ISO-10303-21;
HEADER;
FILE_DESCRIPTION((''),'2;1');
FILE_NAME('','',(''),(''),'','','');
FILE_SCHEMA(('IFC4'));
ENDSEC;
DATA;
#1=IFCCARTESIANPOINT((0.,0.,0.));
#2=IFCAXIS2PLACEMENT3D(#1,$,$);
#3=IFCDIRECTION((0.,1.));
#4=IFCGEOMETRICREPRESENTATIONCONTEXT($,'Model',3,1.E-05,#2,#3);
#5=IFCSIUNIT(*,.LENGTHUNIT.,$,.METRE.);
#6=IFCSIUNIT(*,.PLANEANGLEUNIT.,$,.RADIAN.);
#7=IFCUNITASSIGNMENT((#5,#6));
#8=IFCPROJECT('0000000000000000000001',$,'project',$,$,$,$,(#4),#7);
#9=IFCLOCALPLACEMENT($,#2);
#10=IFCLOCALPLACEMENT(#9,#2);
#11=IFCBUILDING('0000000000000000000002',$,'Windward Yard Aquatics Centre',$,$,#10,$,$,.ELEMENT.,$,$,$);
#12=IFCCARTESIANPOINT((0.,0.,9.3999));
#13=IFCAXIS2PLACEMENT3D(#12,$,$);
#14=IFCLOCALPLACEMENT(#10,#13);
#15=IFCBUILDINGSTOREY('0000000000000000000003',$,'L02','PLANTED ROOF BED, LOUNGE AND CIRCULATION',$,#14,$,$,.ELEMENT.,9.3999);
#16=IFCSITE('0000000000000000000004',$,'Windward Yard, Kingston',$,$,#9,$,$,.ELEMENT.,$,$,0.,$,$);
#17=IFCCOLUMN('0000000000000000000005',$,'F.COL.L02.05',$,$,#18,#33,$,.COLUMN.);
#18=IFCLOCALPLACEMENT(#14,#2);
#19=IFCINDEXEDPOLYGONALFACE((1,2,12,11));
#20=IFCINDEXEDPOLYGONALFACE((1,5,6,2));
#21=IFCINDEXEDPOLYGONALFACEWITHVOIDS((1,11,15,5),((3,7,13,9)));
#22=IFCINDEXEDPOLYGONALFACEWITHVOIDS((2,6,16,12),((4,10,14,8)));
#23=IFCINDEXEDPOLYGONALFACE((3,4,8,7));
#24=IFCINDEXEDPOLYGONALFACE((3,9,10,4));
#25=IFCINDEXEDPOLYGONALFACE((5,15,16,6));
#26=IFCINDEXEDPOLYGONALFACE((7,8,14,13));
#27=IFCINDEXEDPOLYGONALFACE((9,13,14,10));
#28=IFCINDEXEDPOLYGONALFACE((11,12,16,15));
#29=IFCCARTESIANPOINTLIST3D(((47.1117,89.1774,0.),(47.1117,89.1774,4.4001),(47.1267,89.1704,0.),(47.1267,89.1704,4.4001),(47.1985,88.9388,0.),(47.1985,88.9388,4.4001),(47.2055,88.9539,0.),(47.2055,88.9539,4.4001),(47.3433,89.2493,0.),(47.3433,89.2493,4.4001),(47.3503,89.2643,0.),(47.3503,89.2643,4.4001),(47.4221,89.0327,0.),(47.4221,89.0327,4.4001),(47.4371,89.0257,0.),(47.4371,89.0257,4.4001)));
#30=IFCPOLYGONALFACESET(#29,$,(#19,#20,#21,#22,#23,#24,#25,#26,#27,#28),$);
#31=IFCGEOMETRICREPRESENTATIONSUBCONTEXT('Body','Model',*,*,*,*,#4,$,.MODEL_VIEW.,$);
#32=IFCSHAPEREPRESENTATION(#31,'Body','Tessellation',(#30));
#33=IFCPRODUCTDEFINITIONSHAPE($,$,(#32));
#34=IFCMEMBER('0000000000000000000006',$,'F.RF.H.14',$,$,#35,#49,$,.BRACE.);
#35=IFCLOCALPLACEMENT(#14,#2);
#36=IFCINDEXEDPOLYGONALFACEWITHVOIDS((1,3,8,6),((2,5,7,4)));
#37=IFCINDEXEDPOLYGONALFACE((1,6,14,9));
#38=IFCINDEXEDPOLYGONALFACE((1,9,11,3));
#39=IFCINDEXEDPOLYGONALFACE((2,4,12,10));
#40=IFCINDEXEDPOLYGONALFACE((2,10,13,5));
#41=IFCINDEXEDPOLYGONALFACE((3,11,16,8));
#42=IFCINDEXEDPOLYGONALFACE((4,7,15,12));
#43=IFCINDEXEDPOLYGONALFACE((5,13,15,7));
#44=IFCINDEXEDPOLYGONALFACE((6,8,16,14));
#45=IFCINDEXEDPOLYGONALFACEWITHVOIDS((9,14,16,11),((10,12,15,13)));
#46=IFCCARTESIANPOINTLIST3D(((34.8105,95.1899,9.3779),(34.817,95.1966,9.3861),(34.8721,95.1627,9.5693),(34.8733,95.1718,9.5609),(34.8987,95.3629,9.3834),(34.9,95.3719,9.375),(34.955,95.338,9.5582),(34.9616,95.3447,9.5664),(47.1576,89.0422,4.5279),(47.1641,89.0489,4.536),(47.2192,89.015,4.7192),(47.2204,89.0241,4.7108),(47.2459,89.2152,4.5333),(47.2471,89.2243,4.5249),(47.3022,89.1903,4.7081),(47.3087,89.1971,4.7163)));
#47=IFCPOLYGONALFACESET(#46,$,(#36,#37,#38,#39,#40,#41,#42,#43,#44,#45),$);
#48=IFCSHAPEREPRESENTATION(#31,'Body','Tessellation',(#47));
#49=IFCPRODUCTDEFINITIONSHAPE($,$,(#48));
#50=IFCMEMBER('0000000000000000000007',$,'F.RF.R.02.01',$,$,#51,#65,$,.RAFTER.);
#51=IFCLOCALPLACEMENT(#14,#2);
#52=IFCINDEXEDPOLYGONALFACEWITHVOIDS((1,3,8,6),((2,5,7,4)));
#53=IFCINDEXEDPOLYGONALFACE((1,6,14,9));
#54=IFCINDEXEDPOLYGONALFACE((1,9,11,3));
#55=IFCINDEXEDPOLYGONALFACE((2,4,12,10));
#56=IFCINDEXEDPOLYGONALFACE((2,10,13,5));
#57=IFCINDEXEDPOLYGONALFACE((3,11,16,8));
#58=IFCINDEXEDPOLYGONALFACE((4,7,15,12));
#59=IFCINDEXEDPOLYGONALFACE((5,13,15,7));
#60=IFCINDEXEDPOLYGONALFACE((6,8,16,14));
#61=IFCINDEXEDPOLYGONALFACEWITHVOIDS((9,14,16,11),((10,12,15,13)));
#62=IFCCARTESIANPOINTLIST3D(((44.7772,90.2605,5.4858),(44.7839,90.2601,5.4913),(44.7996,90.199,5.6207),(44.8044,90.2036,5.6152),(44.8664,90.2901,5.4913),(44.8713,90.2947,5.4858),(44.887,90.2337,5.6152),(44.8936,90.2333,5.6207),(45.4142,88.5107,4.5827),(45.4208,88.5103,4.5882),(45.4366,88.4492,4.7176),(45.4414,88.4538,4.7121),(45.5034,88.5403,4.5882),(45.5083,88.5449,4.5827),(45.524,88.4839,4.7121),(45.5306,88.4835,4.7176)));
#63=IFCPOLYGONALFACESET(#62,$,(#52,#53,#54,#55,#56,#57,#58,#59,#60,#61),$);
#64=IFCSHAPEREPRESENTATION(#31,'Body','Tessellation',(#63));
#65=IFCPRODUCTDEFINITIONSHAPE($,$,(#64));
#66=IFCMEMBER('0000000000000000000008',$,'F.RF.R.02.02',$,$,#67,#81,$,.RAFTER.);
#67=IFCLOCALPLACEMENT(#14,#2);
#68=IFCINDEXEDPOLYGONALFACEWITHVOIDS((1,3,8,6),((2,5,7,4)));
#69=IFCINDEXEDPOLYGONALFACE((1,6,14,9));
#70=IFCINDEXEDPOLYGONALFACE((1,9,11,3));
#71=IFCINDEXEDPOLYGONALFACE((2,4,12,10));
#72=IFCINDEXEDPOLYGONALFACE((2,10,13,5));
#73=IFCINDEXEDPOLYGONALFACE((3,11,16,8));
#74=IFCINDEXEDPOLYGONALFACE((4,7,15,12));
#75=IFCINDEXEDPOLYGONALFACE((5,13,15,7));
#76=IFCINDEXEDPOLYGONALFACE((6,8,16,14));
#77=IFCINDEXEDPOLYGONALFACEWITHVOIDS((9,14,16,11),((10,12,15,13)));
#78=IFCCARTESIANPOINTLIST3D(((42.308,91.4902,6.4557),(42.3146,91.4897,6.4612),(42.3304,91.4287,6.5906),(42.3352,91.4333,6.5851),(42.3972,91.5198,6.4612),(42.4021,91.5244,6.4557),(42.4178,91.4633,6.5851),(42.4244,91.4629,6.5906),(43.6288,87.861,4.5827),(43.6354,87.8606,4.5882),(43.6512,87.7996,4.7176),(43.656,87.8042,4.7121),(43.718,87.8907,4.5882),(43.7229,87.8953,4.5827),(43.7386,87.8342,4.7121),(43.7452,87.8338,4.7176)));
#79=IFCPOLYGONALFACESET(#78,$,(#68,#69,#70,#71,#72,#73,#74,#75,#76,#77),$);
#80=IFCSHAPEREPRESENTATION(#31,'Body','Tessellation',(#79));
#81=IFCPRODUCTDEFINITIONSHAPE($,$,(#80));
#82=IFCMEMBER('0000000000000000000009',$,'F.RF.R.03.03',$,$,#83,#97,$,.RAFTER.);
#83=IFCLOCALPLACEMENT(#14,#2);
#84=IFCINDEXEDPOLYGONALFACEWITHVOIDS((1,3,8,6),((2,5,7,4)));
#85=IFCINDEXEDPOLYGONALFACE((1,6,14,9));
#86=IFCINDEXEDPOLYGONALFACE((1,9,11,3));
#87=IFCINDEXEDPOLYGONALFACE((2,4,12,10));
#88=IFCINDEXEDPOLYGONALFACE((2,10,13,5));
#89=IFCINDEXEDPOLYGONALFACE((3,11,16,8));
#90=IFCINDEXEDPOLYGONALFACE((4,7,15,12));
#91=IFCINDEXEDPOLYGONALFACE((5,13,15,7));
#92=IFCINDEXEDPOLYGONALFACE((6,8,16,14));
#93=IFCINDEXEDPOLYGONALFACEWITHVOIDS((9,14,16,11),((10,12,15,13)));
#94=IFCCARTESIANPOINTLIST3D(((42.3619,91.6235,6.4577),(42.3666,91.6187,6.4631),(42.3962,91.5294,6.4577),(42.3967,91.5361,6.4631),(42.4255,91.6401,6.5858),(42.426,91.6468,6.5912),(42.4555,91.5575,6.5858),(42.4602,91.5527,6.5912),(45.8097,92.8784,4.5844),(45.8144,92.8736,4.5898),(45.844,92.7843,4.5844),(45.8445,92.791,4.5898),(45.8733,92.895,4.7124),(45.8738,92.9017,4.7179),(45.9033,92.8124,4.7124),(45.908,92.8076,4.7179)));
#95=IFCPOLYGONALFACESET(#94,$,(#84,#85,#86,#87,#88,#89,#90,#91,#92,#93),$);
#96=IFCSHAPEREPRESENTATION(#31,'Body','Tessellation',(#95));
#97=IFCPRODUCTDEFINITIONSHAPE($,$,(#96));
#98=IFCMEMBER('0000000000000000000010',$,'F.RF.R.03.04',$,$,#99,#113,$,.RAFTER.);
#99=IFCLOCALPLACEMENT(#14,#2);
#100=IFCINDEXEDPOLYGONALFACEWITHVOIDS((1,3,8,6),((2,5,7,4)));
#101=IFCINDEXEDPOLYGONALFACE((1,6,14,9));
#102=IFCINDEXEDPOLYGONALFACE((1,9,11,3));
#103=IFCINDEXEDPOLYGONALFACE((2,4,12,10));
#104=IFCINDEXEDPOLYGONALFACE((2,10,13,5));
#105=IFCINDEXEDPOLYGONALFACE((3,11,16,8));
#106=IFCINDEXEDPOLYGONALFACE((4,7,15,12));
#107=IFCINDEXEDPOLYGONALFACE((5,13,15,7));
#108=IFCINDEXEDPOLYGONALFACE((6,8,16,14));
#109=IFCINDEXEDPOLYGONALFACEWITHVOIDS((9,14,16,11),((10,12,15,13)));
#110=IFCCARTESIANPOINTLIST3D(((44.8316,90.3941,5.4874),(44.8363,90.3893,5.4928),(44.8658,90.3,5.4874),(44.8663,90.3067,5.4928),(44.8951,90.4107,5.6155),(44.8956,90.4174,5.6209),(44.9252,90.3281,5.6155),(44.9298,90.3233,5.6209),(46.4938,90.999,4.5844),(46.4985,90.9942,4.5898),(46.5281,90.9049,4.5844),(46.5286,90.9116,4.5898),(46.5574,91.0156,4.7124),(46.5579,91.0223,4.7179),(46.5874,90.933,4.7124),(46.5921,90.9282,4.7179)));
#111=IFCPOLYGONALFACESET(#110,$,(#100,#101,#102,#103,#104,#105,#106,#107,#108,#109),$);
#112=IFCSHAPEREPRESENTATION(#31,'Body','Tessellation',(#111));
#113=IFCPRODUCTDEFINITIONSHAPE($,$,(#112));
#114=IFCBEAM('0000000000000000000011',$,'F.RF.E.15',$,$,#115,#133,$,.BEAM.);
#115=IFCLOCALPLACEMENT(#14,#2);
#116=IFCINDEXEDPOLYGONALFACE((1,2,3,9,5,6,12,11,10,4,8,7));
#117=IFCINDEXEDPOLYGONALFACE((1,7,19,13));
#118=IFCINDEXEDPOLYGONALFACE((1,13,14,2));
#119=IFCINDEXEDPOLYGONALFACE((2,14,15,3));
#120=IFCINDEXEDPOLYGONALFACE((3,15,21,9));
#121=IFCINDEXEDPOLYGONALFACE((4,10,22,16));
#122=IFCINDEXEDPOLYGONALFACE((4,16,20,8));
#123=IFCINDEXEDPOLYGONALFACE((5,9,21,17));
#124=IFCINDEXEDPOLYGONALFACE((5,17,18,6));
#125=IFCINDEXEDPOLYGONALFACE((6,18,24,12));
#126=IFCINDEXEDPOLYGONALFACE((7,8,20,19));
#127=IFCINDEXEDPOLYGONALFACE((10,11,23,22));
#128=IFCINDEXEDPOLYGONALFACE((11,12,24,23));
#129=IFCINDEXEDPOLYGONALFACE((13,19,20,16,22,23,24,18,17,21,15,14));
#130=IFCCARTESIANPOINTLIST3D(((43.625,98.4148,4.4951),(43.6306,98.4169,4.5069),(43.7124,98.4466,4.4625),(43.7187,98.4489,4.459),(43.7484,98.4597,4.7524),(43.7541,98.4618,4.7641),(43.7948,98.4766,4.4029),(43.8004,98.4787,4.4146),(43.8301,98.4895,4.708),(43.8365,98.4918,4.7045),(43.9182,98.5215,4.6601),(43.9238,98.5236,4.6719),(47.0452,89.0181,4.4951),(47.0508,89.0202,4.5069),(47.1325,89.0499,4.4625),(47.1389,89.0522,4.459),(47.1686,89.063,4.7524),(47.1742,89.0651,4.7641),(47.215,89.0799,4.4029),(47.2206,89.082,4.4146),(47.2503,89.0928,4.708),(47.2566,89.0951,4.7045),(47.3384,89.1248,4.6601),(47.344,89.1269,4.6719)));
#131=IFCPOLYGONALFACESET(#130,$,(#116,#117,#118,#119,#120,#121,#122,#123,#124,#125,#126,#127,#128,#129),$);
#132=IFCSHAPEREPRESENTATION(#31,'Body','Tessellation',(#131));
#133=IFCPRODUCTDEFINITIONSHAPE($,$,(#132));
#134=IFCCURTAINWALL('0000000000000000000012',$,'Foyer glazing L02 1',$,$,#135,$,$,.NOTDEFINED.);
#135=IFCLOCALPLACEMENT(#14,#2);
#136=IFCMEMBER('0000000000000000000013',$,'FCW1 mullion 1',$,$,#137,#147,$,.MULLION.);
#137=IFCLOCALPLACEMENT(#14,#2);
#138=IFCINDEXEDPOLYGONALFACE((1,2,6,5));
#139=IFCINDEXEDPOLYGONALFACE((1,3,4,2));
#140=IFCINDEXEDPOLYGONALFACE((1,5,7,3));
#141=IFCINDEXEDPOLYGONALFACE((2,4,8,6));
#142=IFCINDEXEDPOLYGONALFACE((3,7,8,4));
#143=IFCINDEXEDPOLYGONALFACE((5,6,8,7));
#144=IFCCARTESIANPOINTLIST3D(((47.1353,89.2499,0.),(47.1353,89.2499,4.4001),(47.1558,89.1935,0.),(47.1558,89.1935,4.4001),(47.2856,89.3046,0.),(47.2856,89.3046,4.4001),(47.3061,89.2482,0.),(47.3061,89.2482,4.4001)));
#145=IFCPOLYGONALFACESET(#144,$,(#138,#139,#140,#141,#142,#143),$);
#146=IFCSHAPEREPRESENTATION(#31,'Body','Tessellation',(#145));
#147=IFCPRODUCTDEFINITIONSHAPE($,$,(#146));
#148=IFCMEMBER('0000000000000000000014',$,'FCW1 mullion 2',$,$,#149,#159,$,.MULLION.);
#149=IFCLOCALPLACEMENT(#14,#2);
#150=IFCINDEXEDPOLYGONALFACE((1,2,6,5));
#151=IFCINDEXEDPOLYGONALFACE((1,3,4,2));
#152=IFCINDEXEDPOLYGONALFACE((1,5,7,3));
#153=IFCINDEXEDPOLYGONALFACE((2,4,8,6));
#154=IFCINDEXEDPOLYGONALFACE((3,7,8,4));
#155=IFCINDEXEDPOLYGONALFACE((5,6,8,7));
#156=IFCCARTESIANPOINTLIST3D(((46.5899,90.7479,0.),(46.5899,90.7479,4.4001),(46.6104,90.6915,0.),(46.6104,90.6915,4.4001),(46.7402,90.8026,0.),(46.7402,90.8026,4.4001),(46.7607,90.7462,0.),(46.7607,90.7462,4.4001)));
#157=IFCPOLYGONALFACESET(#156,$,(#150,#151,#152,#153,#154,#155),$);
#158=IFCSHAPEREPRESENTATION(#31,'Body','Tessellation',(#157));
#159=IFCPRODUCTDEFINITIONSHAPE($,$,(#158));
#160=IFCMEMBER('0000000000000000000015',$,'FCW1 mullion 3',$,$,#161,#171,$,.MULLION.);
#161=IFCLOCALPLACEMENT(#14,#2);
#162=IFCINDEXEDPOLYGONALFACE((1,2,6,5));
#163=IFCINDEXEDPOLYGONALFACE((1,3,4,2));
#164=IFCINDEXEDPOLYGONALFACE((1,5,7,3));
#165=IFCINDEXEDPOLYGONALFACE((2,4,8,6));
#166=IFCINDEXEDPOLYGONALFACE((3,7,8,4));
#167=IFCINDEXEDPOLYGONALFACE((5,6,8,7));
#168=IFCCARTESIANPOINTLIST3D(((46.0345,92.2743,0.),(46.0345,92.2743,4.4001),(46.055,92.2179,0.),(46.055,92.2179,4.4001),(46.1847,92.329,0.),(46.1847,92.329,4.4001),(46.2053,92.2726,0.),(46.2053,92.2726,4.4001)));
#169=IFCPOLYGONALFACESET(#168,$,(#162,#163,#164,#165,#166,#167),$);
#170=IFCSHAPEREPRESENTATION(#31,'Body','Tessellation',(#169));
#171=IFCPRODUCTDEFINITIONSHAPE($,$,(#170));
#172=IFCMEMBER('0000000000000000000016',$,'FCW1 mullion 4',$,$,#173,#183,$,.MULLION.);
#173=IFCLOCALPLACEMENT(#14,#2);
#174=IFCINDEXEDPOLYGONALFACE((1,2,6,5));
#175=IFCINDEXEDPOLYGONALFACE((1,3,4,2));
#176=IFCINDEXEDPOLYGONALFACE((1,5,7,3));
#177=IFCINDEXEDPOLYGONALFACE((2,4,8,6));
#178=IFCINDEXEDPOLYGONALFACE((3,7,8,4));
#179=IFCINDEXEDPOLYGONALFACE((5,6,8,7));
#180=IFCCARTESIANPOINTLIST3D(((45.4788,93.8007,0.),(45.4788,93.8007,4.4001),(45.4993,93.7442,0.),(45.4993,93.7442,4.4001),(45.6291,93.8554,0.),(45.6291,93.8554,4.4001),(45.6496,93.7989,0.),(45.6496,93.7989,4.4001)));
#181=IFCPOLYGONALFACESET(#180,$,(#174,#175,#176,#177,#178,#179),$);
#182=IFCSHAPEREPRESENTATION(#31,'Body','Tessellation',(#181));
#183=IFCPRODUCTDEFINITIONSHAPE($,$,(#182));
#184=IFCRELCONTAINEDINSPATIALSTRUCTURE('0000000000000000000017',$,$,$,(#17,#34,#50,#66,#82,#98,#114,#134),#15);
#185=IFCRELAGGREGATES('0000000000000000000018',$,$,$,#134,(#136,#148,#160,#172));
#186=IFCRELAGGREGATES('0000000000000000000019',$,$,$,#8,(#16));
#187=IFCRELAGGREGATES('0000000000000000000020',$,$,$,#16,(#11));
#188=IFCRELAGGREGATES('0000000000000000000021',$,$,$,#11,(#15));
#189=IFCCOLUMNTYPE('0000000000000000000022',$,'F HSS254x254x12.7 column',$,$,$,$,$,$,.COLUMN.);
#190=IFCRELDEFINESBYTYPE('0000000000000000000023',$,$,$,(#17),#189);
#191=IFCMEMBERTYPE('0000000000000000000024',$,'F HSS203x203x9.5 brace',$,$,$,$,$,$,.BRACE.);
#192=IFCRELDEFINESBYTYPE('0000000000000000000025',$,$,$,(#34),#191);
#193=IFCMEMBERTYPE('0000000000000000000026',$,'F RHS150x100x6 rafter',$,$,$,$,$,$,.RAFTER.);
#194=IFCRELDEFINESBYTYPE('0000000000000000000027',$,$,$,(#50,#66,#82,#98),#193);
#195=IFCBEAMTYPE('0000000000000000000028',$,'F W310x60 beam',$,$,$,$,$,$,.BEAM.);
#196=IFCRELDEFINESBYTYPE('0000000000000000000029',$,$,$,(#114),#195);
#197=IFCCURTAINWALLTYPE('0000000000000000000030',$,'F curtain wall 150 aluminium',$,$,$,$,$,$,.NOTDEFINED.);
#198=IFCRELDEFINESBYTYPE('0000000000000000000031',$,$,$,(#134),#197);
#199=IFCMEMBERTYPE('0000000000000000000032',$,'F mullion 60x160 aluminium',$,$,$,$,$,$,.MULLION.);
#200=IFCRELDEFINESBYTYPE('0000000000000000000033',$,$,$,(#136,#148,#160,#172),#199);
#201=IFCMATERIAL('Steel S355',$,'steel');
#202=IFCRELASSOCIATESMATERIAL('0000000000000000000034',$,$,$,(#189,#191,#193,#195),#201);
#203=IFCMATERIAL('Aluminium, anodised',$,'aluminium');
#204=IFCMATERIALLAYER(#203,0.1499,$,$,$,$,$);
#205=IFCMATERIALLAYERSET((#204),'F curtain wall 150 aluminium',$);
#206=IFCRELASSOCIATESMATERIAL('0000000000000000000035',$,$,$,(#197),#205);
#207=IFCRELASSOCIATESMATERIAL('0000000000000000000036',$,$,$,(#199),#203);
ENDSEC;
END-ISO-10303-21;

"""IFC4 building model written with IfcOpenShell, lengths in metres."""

from ifc_helpers import new_model, si_unit, direction, frame, origin, origin_2d, place, context, subcontext, project, spatial, rectangle, hollow_rectangle, i_section, extrude, material, layer, layer_set, material_profile, profile_set, type_object, element, aggregate, save


model = new_model("IFC4")

# Units and contexts
model_context = context("Model", 3, precision=1e-05, world=origin(), true_north=direction((0.0, 1.0)))
body_context = subcontext(model_context, "Body", "Model", "MODEL_VIEW")
ifc_project = project(units=[si_unit("LENGTHUNIT", "METRE"), si_unit("PLANEANGLEUNIT", "RADIAN")], contexts=[model_context])

# Site, building, storey
site_placement = place(None, origin())
site = spatial("IfcSite", under=ifc_project, at=site_placement, Name="Windward Yard, Kingston", CompositionType="ELEMENT", RefElevation=0.0)
building_placement = place(site_placement, origin())
building = spatial("IfcBuilding", under=site, at=building_placement, Name="Windward Yard Aquatics Centre", CompositionType="ELEMENT")
storey_placement = place(building_placement, frame((0.0, 0.0, 9.3999)))
storey = spatial("IfcBuildingStorey", under=building, at=storey_placement, Name="L02", Description="PLANTED ROOF BED, LOUNGE AND CIRCULATION", CompositionType="ELEMENT", Elevation=9.3999)

# Column
ifc_material_1 = material(Name="Steel S355", Category="steel")
ifc_material_profile_1 = material_profile(ifc_material_1, hollow_rectangle(XDim=0.2539, YDim=0.2539, WallThickness=0.0117, at=origin_2d()), Name="HSS254x254x12.7")
ifc_profile_set_1 = profile_set([ifc_material_profile_1], Name="Steel S355")
column_type = type_object("IfcColumnType", Name="F HSS254x254x12.7 column", PredefinedType="COLUMN", material=ifc_profile_set_1)
column_placement = place(storey_placement, frame((47.2744, 89.1016, 0.0), z_axis=(0.0, 0.0, 1.0), x_axis=(0.939693, 0.34202, 0.0)))
element("IfcColumn", 1, at=column_placement, inside=storey, type_object=column_type, Name="F.COL.L02.05", PredefinedType="COLUMN", context=body_context, shape_type="SweptSolid", body=[
    extrude(hollow_rectangle(XDim=0.2539, YDim=0.2539, WallThickness=0.0117, at=origin_2d()), origin(), (0.0, 0.0, 1.0), 4.4001),
])

# Members
ifc_material_profile_2 = material_profile(ifc_material_1, hollow_rectangle(XDim=0.2029, YDim=0.2029, WallThickness=0.0088, at=origin_2d()), Name="HSS203x203x9.5")
ifc_profile_set_2 = profile_set([ifc_material_profile_2], Name="Steel S355")
member_type_1 = type_object("IfcMemberType", Name="F HSS203x203x9.5 brace", PredefinedType="BRACE", material=ifc_profile_set_2)
member_1_placement = place(storey_placement, frame((47.2332, 89.1196, 4.6221), z_axis=(-0.844488, 0.420474, 0.331724), x_axis=(-0.441108, -0.897338, 0.014461)))
element("IfcMember", 2, at=member_1_placement, inside=storey, type_object=member_type_1, Name="F.RF.H.14", PredefinedType="BRACE", context=body_context, shape_type="SweptSolid", body=[
    extrude(hollow_rectangle(XDim=0.2029, YDim=0.2029, WallThickness=0.0088, at=origin_2d()), origin(), (0.0, 0.0, 1.0), 14.6208),
])
ifc_material_profile_3 = material_profile(ifc_material_1, hollow_rectangle(XDim=0.1001, YDim=0.1499, WallThickness=0.0061, at=origin_2d()), Name="RHS150x100x6")
ifc_profile_set_3 = profile_set([ifc_material_profile_3], Name="Steel S355")
member_type_2 = type_object("IfcMemberType", Name="F RHS150x100x6 rafter", PredefinedType="RAFTER", material=ifc_profile_set_3)
member_2_placement = place(storey_placement, frame((45.4724, 88.4971, 4.6501), z_axis=(-0.307783, 0.845489, 0.43637), x_axis=(-0.939675, -0.342069, 0.0)))
element("IfcMember", 3, at=member_2_placement, inside=storey, type_object=member_type_2, Name="F.RF.R.02.01", PredefinedType="RAFTER", context=body_context, shape_type="SweptSolid", body=[
    extrude(hollow_rectangle(XDim=0.1001, YDim=0.1499, WallThickness=0.0061, at=origin_2d()), origin(), (0.0, 0.0, 1.0), 2.0696),
])
member_3_placement = place(storey_placement, frame((43.687, 87.8474, 4.6501), z_axis=(-0.307716, 0.845509, 0.436377), x_axis=(-0.939701, -0.341997, 0.0)))
element("IfcMember", 4, at=member_3_placement, inside=storey, type_object=member_type_2, Name="F.RF.R.02.02", PredefinedType="RAFTER", context=body_context, shape_type="SweptSolid", body=[
    extrude(hollow_rectangle(XDim=0.1001, YDim=0.1499, WallThickness=0.0061, at=origin_2d()), origin(), (0.0, 0.0, 1.0), 4.2922),
])
member_4_placement = place(storey_placement, frame((45.8589, 92.843, 4.6511), z_axis=(-0.836918, -0.304614, 0.454728), x_axis=(0.342021, -0.939692, 0.0)))
element("IfcMember", 5, at=member_4_placement, inside=storey, type_object=member_type_2, Name="F.RF.R.03.03", PredefinedType="RAFTER", context=body_context, shape_type="SweptSolid", body=[
    extrude(hollow_rectangle(XDim=0.1001, YDim=0.1499, WallThickness=0.0061, at=origin_2d()), origin(), (0.0, 0.0, 1.0), 4.1196),
])
member_5_placement = place(storey_placement, frame((46.543, 90.9636, 4.6511), z_axis=(-0.836954, -0.304593, 0.454677), x_axis=(0.341987, -0.939705, 0.0)))
element("IfcMember", 6, at=member_5_placement, inside=storey, type_object=member_type_2, Name="F.RF.R.03.04", PredefinedType="RAFTER", context=body_context, shape_type="SweptSolid", body=[
    extrude(hollow_rectangle(XDim=0.1001, YDim=0.1499, WallThickness=0.0061, at=origin_2d()), origin(), (0.0, 0.0, 1.0), 1.9861),
])

# Beam
ifc_material_profile_4 = material_profile(ifc_material_1, i_section(OverallWidth=0.2029, OverallDepth=0.302, WebThickness=0.0076, FlangeThickness=0.0132, at=origin_2d()), Name="W310x60")
ifc_profile_set_4 = profile_set([ifc_material_profile_4], Name="Steel S355")
beam_type = type_object("IfcBeamType", Name="F W310x60 beam", PredefinedType="BEAM", material=ifc_profile_set_4)
beam_placement = place(storey_placement, frame((47.1946, 89.0725, 4.5835), z_axis=(-0.342023, 0.939691, 0.0), x_axis=(-0.836932, -0.304622, 0.454698)))
element("IfcBeam", 7, at=beam_placement, inside=storey, type_object=beam_type, Name="F.RF.E.15", PredefinedType="BEAM", context=body_context, shape_type="SweptSolid", body=[
    extrude(i_section(OverallWidth=0.2029, OverallDepth=0.302, WebThickness=0.0076, FlangeThickness=0.0132, at=origin_2d()), origin(), (0.0, 0.0, 1.0), 9.9998),
])

# Curtain wall, members
ifc_material_2 = material(Name="Aluminium, anodised", Category="aluminium")
ifc_layer_1 = layer(ifc_material_2, 0.1499)
ifc_layer_set_1 = layer_set([ifc_layer_1], Name="F curtain wall 150 aluminium")
curtain_wall_type = type_object("IfcCurtainWallType", Name="F curtain wall 150 aluminium", PredefinedType="NOTDEFINED", material=ifc_layer_set_1)
curtain_wall_placement = place(storey_placement, origin())
curtain_wall = element("IfcCurtainWall", 8, at=curtain_wall_placement, inside=storey, type_object=curtain_wall_type, Name="Foyer glazing L02 1", PredefinedType="NOTDEFINED")
ifc_material_profile_5 = material_profile(ifc_material_2, rectangle(XDim=0.1599, YDim=0.0601, at=origin_2d()), Name="MULLION 60x160")
ifc_profile_set_5 = profile_set([ifc_material_profile_5], Name="Aluminium, anodised")
member_type_3 = type_object("IfcMemberType", Name="F mullion 60x160 aluminium", PredefinedType="MULLION", material=ifc_profile_set_5)
member_6_placement = place(storey_placement, frame((47.2207, 89.249, 0.0), z_axis=(0.0, 0.0, 1.0), x_axis=(-0.939693, -0.342019, 0.0)))
member_6 = element("IfcMember", 9, at=member_6_placement, type_object=member_type_3, Name="FCW1 mullion 1", PredefinedType="MULLION", context=body_context, shape_type="SweptSolid", body=[
    extrude(rectangle(XDim=0.1599, YDim=0.0601, at=origin_2d()), origin(), (0.0, 0.0, 1.0), 4.4001),
])
member_7_placement = place(storey_placement, frame((46.6753, 90.7471, 0.0), z_axis=(0.0, 0.0, 1.0), x_axis=(-0.939693, -0.342019, 0.0)))
member_7 = element("IfcMember", 10, at=member_7_placement, type_object=member_type_3, Name="FCW1 mullion 2", PredefinedType="MULLION", context=body_context, shape_type="SweptSolid", body=[
    extrude(rectangle(XDim=0.1599, YDim=0.0601, at=origin_2d()), origin(), (0.0, 0.0, 1.0), 4.4001),
])
member_8_placement = place(storey_placement, frame((46.1199, 92.2734, 0.0), z_axis=(0.0, 0.0, 1.0), x_axis=(-0.939693, -0.342019, 0.0)))
member_8 = element("IfcMember", 11, at=member_8_placement, type_object=member_type_3, Name="FCW1 mullion 3", PredefinedType="MULLION", context=body_context, shape_type="SweptSolid", body=[
    extrude(rectangle(XDim=0.1599, YDim=0.0601, at=origin_2d()), origin(), (0.0, 0.0, 1.0), 4.4001),
])
member_9_placement = place(storey_placement, frame((45.5642, 93.7998, 0.0), z_axis=(0.0, 0.0, 1.0), x_axis=(-0.939693, -0.342019, 0.0)))
member_9 = element("IfcMember", 12, at=member_9_placement, type_object=member_type_3, Name="FCW1 mullion 4", PredefinedType="MULLION", context=body_context, shape_type="SweptSolid", body=[
    extrude(rectangle(XDim=0.1599, YDim=0.0601, at=origin_2d()), origin(), (0.0, 0.0, 1.0), 4.4001),
])
aggregate(curtain_wall, [member_6, member_7, member_8, member_9])

save(model, "model.ifc")
